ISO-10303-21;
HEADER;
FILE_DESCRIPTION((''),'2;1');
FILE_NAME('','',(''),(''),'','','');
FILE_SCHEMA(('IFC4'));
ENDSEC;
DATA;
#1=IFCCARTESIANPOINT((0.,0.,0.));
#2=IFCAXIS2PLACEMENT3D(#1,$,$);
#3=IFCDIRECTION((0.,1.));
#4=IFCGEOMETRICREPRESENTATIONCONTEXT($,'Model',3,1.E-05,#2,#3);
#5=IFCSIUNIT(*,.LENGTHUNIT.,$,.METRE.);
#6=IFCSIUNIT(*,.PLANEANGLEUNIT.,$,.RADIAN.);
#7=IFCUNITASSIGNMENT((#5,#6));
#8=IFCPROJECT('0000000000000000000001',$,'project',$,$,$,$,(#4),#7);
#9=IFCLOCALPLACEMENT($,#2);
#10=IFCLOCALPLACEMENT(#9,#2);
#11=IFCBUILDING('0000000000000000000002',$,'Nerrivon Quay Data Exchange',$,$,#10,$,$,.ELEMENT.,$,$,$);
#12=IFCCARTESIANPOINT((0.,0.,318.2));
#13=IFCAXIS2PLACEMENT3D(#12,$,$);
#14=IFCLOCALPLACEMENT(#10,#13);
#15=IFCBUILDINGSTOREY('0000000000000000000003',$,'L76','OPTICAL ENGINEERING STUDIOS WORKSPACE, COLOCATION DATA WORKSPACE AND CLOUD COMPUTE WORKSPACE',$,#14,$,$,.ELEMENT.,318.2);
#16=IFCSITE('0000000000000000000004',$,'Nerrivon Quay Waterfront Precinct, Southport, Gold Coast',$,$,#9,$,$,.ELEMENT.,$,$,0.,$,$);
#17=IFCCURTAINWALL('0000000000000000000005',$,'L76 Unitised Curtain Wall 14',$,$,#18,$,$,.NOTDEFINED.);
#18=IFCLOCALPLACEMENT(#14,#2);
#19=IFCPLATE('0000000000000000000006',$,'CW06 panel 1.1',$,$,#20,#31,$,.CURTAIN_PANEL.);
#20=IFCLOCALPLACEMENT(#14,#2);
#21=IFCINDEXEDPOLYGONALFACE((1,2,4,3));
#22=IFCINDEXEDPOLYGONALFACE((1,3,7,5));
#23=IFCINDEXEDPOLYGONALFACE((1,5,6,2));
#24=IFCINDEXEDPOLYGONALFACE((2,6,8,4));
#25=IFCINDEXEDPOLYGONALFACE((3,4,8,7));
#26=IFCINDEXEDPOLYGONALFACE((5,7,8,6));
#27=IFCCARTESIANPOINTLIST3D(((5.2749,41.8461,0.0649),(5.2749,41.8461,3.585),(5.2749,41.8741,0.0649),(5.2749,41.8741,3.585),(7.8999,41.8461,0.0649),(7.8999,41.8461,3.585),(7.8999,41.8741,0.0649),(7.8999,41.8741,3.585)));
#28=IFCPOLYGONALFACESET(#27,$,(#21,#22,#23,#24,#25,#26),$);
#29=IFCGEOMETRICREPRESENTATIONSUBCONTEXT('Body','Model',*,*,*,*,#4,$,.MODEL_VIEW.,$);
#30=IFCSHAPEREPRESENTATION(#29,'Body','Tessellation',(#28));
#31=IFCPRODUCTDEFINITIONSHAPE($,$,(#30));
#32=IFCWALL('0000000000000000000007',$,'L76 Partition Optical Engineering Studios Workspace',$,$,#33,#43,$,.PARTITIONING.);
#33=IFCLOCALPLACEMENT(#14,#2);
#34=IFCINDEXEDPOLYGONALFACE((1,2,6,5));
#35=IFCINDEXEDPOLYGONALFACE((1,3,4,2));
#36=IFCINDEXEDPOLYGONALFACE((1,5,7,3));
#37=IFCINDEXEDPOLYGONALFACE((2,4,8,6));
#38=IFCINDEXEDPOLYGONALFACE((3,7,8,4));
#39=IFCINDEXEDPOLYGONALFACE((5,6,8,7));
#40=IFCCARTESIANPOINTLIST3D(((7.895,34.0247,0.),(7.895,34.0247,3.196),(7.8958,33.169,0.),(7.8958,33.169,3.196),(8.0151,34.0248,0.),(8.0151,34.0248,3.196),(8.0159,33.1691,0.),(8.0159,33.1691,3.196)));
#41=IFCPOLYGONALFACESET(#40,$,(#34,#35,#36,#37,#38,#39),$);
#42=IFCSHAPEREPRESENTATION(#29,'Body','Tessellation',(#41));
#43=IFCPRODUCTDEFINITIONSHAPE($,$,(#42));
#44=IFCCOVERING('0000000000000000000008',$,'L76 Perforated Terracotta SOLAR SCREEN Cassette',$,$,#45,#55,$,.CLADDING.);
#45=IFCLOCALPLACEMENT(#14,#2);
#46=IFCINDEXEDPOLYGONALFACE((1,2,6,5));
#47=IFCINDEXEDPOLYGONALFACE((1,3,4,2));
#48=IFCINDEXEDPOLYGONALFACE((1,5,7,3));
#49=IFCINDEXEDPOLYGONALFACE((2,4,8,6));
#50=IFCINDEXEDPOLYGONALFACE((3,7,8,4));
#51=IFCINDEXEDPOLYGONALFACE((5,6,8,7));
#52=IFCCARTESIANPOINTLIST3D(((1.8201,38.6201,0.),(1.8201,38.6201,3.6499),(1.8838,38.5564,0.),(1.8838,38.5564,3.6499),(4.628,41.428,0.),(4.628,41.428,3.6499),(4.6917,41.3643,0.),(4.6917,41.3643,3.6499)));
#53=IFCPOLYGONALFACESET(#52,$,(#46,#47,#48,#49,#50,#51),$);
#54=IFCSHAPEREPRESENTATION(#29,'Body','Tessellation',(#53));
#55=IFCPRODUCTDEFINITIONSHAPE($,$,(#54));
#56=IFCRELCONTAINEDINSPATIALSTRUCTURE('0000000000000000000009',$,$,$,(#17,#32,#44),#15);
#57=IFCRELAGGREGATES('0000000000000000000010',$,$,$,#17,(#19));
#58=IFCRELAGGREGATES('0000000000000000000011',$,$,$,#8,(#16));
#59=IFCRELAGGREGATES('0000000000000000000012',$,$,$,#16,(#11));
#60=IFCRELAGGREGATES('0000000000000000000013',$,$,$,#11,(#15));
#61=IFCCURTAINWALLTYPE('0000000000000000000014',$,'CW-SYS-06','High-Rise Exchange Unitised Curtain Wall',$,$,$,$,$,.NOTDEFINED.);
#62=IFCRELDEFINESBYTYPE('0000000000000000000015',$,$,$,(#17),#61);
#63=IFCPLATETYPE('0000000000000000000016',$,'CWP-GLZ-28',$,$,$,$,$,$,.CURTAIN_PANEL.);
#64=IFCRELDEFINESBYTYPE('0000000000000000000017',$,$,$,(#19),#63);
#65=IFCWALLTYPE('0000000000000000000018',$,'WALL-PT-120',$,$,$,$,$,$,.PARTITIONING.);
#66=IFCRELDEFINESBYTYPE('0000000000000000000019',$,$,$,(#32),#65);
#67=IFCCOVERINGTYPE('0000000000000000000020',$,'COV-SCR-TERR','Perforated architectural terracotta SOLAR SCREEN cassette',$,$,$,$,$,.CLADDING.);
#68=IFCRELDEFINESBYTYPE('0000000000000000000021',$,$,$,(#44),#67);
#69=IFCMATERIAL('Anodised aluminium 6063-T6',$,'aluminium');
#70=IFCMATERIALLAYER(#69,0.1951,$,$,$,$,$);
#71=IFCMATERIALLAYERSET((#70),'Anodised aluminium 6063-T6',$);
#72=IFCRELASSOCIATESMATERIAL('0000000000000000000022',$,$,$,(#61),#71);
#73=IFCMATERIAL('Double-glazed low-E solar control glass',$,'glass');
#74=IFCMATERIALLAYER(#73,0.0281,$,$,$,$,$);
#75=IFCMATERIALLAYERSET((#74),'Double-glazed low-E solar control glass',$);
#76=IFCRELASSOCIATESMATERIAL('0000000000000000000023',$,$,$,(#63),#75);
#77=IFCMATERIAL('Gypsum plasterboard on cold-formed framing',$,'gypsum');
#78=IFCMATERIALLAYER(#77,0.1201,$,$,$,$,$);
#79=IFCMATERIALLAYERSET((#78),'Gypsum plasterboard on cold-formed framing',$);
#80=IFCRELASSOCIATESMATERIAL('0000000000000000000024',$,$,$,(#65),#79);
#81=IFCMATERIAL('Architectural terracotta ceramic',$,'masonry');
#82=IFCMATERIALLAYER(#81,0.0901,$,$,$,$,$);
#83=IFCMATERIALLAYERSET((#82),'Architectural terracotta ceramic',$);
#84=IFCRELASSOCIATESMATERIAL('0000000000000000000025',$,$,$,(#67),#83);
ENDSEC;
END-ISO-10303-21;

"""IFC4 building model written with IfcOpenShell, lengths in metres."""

from ifc_helpers import new_model, si_unit, direction, frame, frame_2d, origin, origin_2d, place, context, subcontext, project, spatial, rectangle, extrude, material, layer, layer_set, type_object, element, aggregate, save


model = new_model("IFC4")

# Units and contexts
model_context = context("Model", 3, precision=1e-05, world=origin(), true_north=direction((0.0, 1.0)))
body_context = subcontext(model_context, "Body", "Model", "MODEL_VIEW")
ifc_project = project(units=[si_unit("LENGTHUNIT", "METRE"), si_unit("PLANEANGLEUNIT", "RADIAN")], contexts=[model_context])

# Site, building, storey
site_placement = place(None, origin())
site = spatial("IfcSite", under=ifc_project, at=site_placement, Name="Nerrivon Quay Waterfront Precinct, Southport, Gold Coast", CompositionType="ELEMENT", RefElevation=0.0)
building_placement = place(site_placement, origin())
building = spatial("IfcBuilding", under=site, at=building_placement, Name="Nerrivon Quay Data Exchange", CompositionType="ELEMENT")
storey_placement = place(building_placement, frame((0.0, 0.0, 318.2)))
storey = spatial("IfcBuildingStorey", under=building, at=storey_placement, Name="L76", Description="OPTICAL ENGINEERING STUDIOS WORKSPACE, COLOCATION DATA WORKSPACE AND CLOUD COMPUTE WORKSPACE", CompositionType="ELEMENT", Elevation=318.2)

# Shared definitions
ifc_material_1 = material(Name="Anodised aluminium 6063-T6", Category="aluminium")
ifc_layer_1 = layer(ifc_material_1, 0.1951)
ifc_layer_set_1 = layer_set([ifc_layer_1], Name="Anodised aluminium 6063-T6")
curtain_wall_type = type_object("IfcCurtainWallType", Name="CW-SYS-06", Description="High-Rise Exchange Unitised Curtain Wall", PredefinedType="NOTDEFINED", material=ifc_layer_set_1)

# Curtain wall
curtain_wall_1_placement = place(storey_placement, origin())
curtain_wall_1 = element("IfcCurtainWall", 1, at=curtain_wall_1_placement, inside=storey, type_object=curtain_wall_type, Name="L76 Unitised Curtain Wall 14", PredefinedType="NOTDEFINED")

# Plate
ifc_material_2 = material(Name="Double-glazed low-E solar control glass", Category="glass")
ifc_layer_2 = layer(ifc_material_2, 0.0281)
ifc_layer_set_2 = layer_set([ifc_layer_2], Name="Double-glazed low-E solar control glass")
plate_type = type_object("IfcPlateType", Name="CWP-GLZ-28", PredefinedType="CURTAIN_PANEL", material=ifc_layer_set_2)
plate_1_placement = place(storey_placement, frame((6.5874, 41.8601, 0.0649), z_axis=(0.0, 0.0, 1.0), x_axis=(1.0, 0.0, 0.0)))
plate_1 = element("IfcPlate", 2, at=plate_1_placement, type_object=plate_type, Name="CW06 panel 1.1", PredefinedType="CURTAIN_PANEL", context=body_context, shape_type="SweptSolid", body=[
    extrude(rectangle(XDim=2.625, YDim=0.0281, at=origin_2d()), origin(), (0.0, 0.0, 1.0), 3.52),
])
aggregate(curtain_wall_1, [plate_1])

# Wall
ifc_material_3 = material(Name="Gypsum plasterboard on cold-formed framing", Category="gypsum")
ifc_layer_3 = layer(ifc_material_3, 0.1201)
ifc_layer_set_3 = layer_set([ifc_layer_3], Name="Gypsum plasterboard on cold-formed framing")
wall_type = type_object("IfcWallType", Name="WALL-PT-120", PredefinedType="PARTITIONING", material=ifc_layer_set_3)
wall_placement = place(storey_placement, frame((7.9558, 33.1692, 0.0), z_axis=(0.0, 0.0, 1.0), x_axis=(-0.000856, 1.0, 0.0)))
element("IfcWall", 3, at=wall_placement, inside=storey, type_object=wall_type, Name="L76 Partition Optical Engineering Studios Workspace", PredefinedType="PARTITIONING", context=body_context, shape_type="SweptSolid", body=[
    extrude(rectangle(XDim=0.8557, YDim=0.1201, at=frame_2d((0.4277, 0.0))), origin(), (0.0, 0.0, 1.0), 3.196),
])

# Covering
ifc_material_4 = material(Name="Architectural terracotta ceramic", Category="masonry")
ifc_layer_4 = layer(ifc_material_4, 0.0901)
ifc_layer_set_4 = layer_set([ifc_layer_4], Name="Architectural terracotta ceramic")
covering_type = type_object("IfcCoveringType", Name="COV-SCR-TERR", Description="Perforated architectural terracotta SOLAR SCREEN cassette", PredefinedType="CLADDING", material=ifc_layer_set_4)
covering_placement = place(storey_placement, frame((3.2559, 39.9922, 0.0), z_axis=(0.0, 0.0, 1.0), x_axis=(0.707107, 0.707107, 0.0)))
element("IfcCovering", 4, at=covering_placement, inside=storey, type_object=covering_type, Name="L76 Perforated Terracotta SOLAR SCREEN Cassette", PredefinedType="CLADDING", context=body_context, shape_type="SweptSolid", body=[
    extrude(rectangle(XDim=3.9709, YDim=0.0901, at=origin_2d()), origin(), (0.0, 0.0, 1.0), 3.6499),
])

save(model, "model.ifc")
